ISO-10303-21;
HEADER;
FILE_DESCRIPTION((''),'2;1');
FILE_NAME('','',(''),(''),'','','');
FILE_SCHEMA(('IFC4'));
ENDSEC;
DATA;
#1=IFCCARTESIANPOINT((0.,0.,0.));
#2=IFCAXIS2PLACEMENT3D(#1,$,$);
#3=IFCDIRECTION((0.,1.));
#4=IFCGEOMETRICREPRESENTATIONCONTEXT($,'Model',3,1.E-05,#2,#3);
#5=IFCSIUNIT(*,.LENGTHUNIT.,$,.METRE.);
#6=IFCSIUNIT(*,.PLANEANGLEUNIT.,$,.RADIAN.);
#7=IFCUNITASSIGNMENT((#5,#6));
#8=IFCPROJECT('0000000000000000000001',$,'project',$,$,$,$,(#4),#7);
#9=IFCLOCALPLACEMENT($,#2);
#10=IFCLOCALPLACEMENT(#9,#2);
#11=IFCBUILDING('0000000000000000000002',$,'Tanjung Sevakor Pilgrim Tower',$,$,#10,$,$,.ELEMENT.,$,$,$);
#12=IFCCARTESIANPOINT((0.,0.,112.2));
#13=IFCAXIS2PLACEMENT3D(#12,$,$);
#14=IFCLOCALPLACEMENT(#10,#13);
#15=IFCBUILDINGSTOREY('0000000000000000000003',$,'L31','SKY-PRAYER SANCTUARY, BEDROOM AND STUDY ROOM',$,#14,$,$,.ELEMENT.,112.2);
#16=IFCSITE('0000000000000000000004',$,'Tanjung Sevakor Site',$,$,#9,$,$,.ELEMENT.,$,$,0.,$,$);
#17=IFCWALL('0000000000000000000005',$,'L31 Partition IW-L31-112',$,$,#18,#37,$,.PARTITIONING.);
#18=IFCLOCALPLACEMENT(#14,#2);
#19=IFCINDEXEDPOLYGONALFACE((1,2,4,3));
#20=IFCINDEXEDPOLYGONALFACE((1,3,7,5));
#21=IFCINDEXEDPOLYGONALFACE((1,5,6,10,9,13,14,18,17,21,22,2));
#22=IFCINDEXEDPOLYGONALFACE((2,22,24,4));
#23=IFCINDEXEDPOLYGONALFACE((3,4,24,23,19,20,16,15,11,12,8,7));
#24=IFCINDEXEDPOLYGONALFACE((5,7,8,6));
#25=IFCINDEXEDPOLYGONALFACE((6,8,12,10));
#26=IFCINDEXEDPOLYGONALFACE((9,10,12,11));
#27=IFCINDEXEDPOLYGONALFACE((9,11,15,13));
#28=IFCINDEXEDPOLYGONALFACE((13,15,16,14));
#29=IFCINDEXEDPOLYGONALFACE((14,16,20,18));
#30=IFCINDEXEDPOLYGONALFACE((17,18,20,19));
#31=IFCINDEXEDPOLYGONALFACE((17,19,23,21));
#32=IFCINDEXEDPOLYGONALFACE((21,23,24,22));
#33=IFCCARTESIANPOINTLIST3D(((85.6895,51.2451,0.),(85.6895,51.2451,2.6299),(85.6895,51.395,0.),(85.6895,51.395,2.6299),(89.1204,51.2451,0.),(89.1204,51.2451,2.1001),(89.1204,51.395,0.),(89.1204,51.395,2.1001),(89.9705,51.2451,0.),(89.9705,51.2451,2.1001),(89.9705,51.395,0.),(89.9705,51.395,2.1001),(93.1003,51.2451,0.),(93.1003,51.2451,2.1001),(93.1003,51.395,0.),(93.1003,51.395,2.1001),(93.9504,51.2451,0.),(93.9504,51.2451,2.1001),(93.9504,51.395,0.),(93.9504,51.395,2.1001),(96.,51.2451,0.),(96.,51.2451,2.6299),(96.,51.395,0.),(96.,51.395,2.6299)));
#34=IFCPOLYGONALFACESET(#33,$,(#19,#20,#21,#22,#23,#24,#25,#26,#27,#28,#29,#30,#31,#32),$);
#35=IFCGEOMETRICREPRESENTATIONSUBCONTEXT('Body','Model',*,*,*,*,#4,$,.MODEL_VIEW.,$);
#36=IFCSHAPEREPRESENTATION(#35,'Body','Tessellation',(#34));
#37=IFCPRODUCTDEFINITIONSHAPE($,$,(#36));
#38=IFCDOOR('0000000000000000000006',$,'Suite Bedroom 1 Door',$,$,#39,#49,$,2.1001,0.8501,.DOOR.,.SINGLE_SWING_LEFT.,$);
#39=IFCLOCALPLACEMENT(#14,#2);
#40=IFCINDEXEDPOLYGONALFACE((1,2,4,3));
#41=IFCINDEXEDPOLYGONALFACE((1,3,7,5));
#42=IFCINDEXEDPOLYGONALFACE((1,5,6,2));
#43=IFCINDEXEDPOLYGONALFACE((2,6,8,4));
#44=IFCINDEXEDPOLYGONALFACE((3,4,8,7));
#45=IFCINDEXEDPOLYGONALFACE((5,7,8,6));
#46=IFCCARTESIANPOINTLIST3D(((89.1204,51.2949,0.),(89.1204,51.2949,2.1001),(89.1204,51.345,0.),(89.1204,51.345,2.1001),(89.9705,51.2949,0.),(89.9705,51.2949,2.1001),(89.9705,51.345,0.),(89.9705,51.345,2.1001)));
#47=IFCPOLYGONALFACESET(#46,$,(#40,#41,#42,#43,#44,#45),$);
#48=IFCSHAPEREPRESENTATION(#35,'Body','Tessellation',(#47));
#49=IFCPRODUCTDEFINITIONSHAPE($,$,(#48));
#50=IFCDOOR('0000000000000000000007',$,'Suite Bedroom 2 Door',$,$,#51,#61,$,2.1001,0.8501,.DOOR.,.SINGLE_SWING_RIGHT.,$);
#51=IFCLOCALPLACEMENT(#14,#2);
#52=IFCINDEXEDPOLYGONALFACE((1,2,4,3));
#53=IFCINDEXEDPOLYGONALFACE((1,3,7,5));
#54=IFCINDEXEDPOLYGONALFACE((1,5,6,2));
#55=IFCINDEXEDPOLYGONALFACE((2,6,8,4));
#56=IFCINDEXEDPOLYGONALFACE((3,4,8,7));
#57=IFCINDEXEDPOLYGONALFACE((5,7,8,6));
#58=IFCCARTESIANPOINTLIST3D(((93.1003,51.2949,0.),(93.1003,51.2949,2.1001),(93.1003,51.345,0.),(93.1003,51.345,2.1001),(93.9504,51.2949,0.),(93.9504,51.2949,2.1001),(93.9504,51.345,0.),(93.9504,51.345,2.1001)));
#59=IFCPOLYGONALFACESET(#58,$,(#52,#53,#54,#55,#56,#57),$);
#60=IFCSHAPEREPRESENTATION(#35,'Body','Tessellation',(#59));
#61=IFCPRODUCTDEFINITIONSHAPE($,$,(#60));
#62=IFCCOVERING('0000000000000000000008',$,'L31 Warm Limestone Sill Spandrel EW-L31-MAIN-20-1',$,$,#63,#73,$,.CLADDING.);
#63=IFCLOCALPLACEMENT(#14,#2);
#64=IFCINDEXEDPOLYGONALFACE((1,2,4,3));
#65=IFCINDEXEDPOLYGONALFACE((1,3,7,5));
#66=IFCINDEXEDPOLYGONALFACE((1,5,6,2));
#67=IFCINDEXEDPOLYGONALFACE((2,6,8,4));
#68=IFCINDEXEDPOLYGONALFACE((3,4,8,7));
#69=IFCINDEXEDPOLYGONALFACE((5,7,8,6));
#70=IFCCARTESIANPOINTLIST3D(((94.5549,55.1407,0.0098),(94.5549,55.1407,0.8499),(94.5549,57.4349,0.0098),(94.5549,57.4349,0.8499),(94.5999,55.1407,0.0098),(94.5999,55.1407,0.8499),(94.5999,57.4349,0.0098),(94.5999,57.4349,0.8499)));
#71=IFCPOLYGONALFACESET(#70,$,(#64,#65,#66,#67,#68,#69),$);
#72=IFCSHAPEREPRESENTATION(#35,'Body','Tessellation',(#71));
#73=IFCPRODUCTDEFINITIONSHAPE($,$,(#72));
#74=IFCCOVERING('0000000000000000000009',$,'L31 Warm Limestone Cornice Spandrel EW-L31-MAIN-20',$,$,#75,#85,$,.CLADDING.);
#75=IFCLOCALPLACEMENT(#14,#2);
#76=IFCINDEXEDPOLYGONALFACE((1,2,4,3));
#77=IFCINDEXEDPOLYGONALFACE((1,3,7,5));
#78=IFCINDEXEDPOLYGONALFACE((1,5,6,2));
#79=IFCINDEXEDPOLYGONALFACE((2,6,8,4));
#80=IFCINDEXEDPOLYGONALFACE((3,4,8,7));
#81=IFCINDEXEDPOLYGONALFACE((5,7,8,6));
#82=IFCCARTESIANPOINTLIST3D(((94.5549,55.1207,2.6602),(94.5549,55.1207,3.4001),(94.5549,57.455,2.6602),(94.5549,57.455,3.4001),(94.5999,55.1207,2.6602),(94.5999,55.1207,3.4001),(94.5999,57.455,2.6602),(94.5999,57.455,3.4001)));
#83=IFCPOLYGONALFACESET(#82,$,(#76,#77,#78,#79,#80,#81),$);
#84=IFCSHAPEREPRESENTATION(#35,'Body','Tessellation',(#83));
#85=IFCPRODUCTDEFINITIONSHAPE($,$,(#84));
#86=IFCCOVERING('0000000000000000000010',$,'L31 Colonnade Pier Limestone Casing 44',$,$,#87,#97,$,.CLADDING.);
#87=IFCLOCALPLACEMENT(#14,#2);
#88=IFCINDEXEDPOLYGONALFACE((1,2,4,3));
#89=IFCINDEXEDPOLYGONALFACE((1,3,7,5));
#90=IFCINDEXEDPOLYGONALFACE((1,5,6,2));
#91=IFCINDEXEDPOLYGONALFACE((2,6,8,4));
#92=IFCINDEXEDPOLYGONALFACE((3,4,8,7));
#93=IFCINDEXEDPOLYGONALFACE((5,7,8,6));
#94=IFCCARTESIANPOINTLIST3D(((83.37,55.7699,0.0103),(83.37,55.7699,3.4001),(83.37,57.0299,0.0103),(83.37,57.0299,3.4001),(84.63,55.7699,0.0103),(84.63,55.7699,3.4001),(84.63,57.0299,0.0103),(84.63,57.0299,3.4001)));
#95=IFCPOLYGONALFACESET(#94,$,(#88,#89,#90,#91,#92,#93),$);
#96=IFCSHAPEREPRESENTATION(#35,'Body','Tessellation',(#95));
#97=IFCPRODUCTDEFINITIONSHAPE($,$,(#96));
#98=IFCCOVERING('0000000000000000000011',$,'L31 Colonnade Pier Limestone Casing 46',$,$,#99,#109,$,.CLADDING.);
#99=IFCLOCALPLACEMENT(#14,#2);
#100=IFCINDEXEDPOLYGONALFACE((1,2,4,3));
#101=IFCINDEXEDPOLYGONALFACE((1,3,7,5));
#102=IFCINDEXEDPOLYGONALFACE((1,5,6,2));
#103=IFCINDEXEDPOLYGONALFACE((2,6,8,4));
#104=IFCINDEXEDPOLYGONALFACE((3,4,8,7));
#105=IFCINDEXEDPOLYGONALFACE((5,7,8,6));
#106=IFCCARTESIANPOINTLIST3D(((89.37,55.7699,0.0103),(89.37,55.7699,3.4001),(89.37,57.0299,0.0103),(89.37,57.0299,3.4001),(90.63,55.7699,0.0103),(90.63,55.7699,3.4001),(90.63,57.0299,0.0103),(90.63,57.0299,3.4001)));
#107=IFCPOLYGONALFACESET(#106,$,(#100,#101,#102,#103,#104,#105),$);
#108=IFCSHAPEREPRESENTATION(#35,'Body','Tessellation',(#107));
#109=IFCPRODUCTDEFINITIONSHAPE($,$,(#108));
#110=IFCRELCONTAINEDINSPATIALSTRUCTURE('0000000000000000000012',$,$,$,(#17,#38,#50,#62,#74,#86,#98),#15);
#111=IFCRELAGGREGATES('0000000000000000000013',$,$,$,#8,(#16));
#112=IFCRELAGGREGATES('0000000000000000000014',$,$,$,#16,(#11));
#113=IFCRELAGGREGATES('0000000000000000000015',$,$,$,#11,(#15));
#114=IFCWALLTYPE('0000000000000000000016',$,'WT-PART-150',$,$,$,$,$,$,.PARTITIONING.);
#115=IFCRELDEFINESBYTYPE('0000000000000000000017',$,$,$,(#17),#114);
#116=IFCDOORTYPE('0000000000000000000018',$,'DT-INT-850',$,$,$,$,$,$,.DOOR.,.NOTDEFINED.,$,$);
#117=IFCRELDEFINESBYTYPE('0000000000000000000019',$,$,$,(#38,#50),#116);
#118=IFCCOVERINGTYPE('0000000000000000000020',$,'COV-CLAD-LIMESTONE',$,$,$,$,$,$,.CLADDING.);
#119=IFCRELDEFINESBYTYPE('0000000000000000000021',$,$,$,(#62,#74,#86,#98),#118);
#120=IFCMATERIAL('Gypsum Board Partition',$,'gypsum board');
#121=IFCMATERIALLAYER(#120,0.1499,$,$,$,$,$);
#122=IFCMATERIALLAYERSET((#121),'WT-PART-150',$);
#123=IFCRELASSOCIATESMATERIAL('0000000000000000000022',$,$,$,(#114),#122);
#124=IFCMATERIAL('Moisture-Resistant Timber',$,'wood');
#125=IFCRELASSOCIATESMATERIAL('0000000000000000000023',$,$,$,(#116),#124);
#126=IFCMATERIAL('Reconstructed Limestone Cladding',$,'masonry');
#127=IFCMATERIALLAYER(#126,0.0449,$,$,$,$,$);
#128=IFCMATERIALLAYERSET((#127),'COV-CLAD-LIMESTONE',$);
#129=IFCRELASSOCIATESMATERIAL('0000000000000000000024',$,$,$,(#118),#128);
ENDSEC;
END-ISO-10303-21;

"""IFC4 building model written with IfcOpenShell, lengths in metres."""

from ifc_helpers import new_model, si_unit, direction, frame, frame_2d, origin, origin_2d, place, context, subcontext, project, spatial, rectangle, extrude, material, layer, layer_set, type_object, element, fill, save


model = new_model("IFC4")

# Units and contexts
model_context = context("Model", 3, precision=1e-05, world=origin(), true_north=direction((0.0, 1.0)))
body_context = subcontext(model_context, "Body", "Model", "MODEL_VIEW")
ifc_project = project(units=[si_unit("LENGTHUNIT", "METRE"), si_unit("PLANEANGLEUNIT", "RADIAN")], contexts=[model_context])

# Site, building, storey
site_placement = place(None, origin())
site = spatial("IfcSite", under=ifc_project, at=site_placement, Name="Tanjung Sevakor Site", CompositionType="ELEMENT", RefElevation=0.0)
building_placement = place(site_placement, origin())
building = spatial("IfcBuilding", under=site, at=building_placement, Name="Tanjung Sevakor Pilgrim Tower", CompositionType="ELEMENT")
storey_placement = place(building_placement, frame((0.0, 0.0, 112.2)))
storey = spatial("IfcBuildingStorey", under=building, at=storey_placement, Name="L31", Description="SKY-PRAYER SANCTUARY, BEDROOM AND STUDY ROOM", CompositionType="ELEMENT", Elevation=112.2)

# Shared definitions
ifc_material_1 = material(Name="Gypsum Board Partition", Category="gypsum board")
ifc_layer_1 = layer(ifc_material_1, 0.1499)
ifc_layer_set_1 = layer_set([ifc_layer_1], Name="WT-PART-150")
wall_type_1 = type_object("IfcWallType", Name="WT-PART-150", PredefinedType="PARTITIONING", material=ifc_layer_set_1)

# Wall, openings, doors
wall_1_placement = place(storey_placement, frame((85.6895, 51.3201, 0.0), z_axis=(0.0, 0.0, 1.0), x_axis=(1.0, 0.0, 0.0)))
wall_1 = element("IfcWall", 1, at=wall_1_placement, inside=storey, type_object=wall_type_1, Name="L31 Partition IW-L31-112", PredefinedType="PARTITIONING", context=body_context, shape_type="SweptSolid", body=[
    extrude(rectangle(XDim=10.3105, YDim=0.1499, at=frame_2d((5.1553, 0.0))), origin(), (0.0, 0.0, 1.0), 2.6299),
])
opening_1_placement = place(wall_1_placement, frame((3.4309, 0.0, 0.0)))
opening_1 = element("IfcOpeningElement", 2, at=opening_1_placement, cuts=wall_1, PredefinedType="OPENING", context=body_context, shape_type="SweptSolid", body=[
    extrude(rectangle(XDim=0.8501, YDim=2.1001, at=frame_2d((0.425, 1.05))), frame((0.0, 0.085, 0.0), z_axis=(0.0, -1.0, 0.0), x_axis=(1.0, 0.0, 0.0)), (0.0, 0.0, 1.0), 0.1699),
])
opening_2_placement = place(wall_1_placement, frame((7.4109, 0.0, 0.0)))
opening_2 = element("IfcOpeningElement", 3, at=opening_2_placement, cuts=wall_1, PredefinedType="OPENING", context=body_context, shape_type="SweptSolid", body=[
    extrude(rectangle(XDim=0.8501, YDim=2.1001, at=frame_2d((0.425, 1.05))), frame((0.0, 0.085, 0.0), z_axis=(0.0, -1.0, 0.0), x_axis=(1.0, 0.0, 0.0)), (0.0, 0.0, 1.0), 0.1699),
])
ifc_material_2 = material(Name="Moisture-Resistant Timber", Category="wood")
door_type = type_object("IfcDoorType", Name="DT-INT-850", OperationType="NOTDEFINED", PredefinedType="DOOR", material=ifc_material_2)
door_1_placement = place(opening_1_placement, origin())
door_1 = element("IfcDoor", 4, at=door_1_placement, inside=storey, type_object=door_type, Name="Suite Bedroom 1 Door", OperationType="SINGLE_SWING_LEFT", OverallHeight=2.1001, OverallWidth=0.8501, PredefinedType="DOOR", context=body_context, shape_type="SweptSolid", body=[
    extrude(rectangle(XDim=0.8501, YDim=2.1001, at=frame_2d((0.425, 1.05))), frame((0.0, 0.0249, 0.0), z_axis=(0.0, -1.0, 0.0), x_axis=(1.0, 0.0, 0.0)), (0.0, 0.0, 1.0), 0.05),
])
fill(opening_1, door_1)
door_2_placement = place(opening_2_placement, origin())
door_2 = element("IfcDoor", 5, at=door_2_placement, inside=storey, type_object=door_type, Name="Suite Bedroom 2 Door", OperationType="SINGLE_SWING_RIGHT", OverallHeight=2.1001, OverallWidth=0.8501, PredefinedType="DOOR", context=body_context, shape_type="SweptSolid", body=[
    extrude(rectangle(XDim=0.8501, YDim=2.1001, at=frame_2d((0.425, 1.05))), frame((0.0, 0.0249, 0.0), z_axis=(0.0, -1.0, 0.0), x_axis=(1.0, 0.0, 0.0)), (0.0, 0.0, 1.0), 0.05),
])
fill(opening_2, door_2)

# Coverings
ifc_material_3 = material(Name="Reconstructed Limestone Cladding", Category="masonry")
ifc_layer_2 = layer(ifc_material_3, 0.0449)
ifc_layer_set_2 = layer_set([ifc_layer_2], Name="COV-CLAD-LIMESTONE")
covering_type = type_object("IfcCoveringType", Name="COV-CLAD-LIMESTONE", PredefinedType="CLADDING", material=ifc_layer_set_2)
covering_1_placement = place(storey_placement, frame((94.5774, 56.2878, 0.0098), z_axis=(0.0, 0.0, 1.0), x_axis=(0.0, -1.0, 0.0)))
element("IfcCovering", 6, at=covering_1_placement, inside=storey, type_object=covering_type, Name="L31 Warm Limestone Sill Spandrel EW-L31-MAIN-20-1", PredefinedType="CLADDING", context=body_context, shape_type="SweptSolid", body=[
    extrude(rectangle(XDim=2.2942, YDim=0.0449, at=origin_2d()), origin(), (0.0, 0.0, 1.0), 0.8401),
])
covering_2_placement = place(storey_placement, frame((94.5774, 56.2878, 2.6602), z_axis=(0.0, 0.0, 1.0), x_axis=(0.0, -1.0, 0.0)))
element("IfcCovering", 7, at=covering_2_placement, inside=storey, type_object=covering_type, Name="L31 Warm Limestone Cornice Spandrel EW-L31-MAIN-20", PredefinedType="CLADDING", context=body_context, shape_type="SweptSolid", body=[
    extrude(rectangle(XDim=2.3342, YDim=0.0449, at=origin_2d()), origin(), (0.0, 0.0, 1.0), 0.74),
])
for number, where, z_axis, x_axis, name in (
    (8, (84.0, 56.3999, 0.0103), (0.0, 0.0, 1.0), (1.0, 0.0, 0.0), "L31 Colonnade Pier Limestone Casing 44"),
    (9, (90.0, 56.3999, 0.0103), (0.0, 0.0, 1.0), (1.0, 0.0, 0.0), "L31 Colonnade Pier Limestone Casing 46"),
):
    element("IfcCovering", number, at=place(storey_placement, frame(where, z_axis=z_axis, x_axis=x_axis)), inside=storey, type_object=covering_type, Name=name, PredefinedType="CLADDING", context=body_context, shape_type="SweptSolid", body=[
        extrude(rectangle(XDim=1.26, YDim=1.26, at=origin_2d()), origin(), (0.0, 0.0, 1.0), 3.3899),
    ])

save(model, "model.ifc")
